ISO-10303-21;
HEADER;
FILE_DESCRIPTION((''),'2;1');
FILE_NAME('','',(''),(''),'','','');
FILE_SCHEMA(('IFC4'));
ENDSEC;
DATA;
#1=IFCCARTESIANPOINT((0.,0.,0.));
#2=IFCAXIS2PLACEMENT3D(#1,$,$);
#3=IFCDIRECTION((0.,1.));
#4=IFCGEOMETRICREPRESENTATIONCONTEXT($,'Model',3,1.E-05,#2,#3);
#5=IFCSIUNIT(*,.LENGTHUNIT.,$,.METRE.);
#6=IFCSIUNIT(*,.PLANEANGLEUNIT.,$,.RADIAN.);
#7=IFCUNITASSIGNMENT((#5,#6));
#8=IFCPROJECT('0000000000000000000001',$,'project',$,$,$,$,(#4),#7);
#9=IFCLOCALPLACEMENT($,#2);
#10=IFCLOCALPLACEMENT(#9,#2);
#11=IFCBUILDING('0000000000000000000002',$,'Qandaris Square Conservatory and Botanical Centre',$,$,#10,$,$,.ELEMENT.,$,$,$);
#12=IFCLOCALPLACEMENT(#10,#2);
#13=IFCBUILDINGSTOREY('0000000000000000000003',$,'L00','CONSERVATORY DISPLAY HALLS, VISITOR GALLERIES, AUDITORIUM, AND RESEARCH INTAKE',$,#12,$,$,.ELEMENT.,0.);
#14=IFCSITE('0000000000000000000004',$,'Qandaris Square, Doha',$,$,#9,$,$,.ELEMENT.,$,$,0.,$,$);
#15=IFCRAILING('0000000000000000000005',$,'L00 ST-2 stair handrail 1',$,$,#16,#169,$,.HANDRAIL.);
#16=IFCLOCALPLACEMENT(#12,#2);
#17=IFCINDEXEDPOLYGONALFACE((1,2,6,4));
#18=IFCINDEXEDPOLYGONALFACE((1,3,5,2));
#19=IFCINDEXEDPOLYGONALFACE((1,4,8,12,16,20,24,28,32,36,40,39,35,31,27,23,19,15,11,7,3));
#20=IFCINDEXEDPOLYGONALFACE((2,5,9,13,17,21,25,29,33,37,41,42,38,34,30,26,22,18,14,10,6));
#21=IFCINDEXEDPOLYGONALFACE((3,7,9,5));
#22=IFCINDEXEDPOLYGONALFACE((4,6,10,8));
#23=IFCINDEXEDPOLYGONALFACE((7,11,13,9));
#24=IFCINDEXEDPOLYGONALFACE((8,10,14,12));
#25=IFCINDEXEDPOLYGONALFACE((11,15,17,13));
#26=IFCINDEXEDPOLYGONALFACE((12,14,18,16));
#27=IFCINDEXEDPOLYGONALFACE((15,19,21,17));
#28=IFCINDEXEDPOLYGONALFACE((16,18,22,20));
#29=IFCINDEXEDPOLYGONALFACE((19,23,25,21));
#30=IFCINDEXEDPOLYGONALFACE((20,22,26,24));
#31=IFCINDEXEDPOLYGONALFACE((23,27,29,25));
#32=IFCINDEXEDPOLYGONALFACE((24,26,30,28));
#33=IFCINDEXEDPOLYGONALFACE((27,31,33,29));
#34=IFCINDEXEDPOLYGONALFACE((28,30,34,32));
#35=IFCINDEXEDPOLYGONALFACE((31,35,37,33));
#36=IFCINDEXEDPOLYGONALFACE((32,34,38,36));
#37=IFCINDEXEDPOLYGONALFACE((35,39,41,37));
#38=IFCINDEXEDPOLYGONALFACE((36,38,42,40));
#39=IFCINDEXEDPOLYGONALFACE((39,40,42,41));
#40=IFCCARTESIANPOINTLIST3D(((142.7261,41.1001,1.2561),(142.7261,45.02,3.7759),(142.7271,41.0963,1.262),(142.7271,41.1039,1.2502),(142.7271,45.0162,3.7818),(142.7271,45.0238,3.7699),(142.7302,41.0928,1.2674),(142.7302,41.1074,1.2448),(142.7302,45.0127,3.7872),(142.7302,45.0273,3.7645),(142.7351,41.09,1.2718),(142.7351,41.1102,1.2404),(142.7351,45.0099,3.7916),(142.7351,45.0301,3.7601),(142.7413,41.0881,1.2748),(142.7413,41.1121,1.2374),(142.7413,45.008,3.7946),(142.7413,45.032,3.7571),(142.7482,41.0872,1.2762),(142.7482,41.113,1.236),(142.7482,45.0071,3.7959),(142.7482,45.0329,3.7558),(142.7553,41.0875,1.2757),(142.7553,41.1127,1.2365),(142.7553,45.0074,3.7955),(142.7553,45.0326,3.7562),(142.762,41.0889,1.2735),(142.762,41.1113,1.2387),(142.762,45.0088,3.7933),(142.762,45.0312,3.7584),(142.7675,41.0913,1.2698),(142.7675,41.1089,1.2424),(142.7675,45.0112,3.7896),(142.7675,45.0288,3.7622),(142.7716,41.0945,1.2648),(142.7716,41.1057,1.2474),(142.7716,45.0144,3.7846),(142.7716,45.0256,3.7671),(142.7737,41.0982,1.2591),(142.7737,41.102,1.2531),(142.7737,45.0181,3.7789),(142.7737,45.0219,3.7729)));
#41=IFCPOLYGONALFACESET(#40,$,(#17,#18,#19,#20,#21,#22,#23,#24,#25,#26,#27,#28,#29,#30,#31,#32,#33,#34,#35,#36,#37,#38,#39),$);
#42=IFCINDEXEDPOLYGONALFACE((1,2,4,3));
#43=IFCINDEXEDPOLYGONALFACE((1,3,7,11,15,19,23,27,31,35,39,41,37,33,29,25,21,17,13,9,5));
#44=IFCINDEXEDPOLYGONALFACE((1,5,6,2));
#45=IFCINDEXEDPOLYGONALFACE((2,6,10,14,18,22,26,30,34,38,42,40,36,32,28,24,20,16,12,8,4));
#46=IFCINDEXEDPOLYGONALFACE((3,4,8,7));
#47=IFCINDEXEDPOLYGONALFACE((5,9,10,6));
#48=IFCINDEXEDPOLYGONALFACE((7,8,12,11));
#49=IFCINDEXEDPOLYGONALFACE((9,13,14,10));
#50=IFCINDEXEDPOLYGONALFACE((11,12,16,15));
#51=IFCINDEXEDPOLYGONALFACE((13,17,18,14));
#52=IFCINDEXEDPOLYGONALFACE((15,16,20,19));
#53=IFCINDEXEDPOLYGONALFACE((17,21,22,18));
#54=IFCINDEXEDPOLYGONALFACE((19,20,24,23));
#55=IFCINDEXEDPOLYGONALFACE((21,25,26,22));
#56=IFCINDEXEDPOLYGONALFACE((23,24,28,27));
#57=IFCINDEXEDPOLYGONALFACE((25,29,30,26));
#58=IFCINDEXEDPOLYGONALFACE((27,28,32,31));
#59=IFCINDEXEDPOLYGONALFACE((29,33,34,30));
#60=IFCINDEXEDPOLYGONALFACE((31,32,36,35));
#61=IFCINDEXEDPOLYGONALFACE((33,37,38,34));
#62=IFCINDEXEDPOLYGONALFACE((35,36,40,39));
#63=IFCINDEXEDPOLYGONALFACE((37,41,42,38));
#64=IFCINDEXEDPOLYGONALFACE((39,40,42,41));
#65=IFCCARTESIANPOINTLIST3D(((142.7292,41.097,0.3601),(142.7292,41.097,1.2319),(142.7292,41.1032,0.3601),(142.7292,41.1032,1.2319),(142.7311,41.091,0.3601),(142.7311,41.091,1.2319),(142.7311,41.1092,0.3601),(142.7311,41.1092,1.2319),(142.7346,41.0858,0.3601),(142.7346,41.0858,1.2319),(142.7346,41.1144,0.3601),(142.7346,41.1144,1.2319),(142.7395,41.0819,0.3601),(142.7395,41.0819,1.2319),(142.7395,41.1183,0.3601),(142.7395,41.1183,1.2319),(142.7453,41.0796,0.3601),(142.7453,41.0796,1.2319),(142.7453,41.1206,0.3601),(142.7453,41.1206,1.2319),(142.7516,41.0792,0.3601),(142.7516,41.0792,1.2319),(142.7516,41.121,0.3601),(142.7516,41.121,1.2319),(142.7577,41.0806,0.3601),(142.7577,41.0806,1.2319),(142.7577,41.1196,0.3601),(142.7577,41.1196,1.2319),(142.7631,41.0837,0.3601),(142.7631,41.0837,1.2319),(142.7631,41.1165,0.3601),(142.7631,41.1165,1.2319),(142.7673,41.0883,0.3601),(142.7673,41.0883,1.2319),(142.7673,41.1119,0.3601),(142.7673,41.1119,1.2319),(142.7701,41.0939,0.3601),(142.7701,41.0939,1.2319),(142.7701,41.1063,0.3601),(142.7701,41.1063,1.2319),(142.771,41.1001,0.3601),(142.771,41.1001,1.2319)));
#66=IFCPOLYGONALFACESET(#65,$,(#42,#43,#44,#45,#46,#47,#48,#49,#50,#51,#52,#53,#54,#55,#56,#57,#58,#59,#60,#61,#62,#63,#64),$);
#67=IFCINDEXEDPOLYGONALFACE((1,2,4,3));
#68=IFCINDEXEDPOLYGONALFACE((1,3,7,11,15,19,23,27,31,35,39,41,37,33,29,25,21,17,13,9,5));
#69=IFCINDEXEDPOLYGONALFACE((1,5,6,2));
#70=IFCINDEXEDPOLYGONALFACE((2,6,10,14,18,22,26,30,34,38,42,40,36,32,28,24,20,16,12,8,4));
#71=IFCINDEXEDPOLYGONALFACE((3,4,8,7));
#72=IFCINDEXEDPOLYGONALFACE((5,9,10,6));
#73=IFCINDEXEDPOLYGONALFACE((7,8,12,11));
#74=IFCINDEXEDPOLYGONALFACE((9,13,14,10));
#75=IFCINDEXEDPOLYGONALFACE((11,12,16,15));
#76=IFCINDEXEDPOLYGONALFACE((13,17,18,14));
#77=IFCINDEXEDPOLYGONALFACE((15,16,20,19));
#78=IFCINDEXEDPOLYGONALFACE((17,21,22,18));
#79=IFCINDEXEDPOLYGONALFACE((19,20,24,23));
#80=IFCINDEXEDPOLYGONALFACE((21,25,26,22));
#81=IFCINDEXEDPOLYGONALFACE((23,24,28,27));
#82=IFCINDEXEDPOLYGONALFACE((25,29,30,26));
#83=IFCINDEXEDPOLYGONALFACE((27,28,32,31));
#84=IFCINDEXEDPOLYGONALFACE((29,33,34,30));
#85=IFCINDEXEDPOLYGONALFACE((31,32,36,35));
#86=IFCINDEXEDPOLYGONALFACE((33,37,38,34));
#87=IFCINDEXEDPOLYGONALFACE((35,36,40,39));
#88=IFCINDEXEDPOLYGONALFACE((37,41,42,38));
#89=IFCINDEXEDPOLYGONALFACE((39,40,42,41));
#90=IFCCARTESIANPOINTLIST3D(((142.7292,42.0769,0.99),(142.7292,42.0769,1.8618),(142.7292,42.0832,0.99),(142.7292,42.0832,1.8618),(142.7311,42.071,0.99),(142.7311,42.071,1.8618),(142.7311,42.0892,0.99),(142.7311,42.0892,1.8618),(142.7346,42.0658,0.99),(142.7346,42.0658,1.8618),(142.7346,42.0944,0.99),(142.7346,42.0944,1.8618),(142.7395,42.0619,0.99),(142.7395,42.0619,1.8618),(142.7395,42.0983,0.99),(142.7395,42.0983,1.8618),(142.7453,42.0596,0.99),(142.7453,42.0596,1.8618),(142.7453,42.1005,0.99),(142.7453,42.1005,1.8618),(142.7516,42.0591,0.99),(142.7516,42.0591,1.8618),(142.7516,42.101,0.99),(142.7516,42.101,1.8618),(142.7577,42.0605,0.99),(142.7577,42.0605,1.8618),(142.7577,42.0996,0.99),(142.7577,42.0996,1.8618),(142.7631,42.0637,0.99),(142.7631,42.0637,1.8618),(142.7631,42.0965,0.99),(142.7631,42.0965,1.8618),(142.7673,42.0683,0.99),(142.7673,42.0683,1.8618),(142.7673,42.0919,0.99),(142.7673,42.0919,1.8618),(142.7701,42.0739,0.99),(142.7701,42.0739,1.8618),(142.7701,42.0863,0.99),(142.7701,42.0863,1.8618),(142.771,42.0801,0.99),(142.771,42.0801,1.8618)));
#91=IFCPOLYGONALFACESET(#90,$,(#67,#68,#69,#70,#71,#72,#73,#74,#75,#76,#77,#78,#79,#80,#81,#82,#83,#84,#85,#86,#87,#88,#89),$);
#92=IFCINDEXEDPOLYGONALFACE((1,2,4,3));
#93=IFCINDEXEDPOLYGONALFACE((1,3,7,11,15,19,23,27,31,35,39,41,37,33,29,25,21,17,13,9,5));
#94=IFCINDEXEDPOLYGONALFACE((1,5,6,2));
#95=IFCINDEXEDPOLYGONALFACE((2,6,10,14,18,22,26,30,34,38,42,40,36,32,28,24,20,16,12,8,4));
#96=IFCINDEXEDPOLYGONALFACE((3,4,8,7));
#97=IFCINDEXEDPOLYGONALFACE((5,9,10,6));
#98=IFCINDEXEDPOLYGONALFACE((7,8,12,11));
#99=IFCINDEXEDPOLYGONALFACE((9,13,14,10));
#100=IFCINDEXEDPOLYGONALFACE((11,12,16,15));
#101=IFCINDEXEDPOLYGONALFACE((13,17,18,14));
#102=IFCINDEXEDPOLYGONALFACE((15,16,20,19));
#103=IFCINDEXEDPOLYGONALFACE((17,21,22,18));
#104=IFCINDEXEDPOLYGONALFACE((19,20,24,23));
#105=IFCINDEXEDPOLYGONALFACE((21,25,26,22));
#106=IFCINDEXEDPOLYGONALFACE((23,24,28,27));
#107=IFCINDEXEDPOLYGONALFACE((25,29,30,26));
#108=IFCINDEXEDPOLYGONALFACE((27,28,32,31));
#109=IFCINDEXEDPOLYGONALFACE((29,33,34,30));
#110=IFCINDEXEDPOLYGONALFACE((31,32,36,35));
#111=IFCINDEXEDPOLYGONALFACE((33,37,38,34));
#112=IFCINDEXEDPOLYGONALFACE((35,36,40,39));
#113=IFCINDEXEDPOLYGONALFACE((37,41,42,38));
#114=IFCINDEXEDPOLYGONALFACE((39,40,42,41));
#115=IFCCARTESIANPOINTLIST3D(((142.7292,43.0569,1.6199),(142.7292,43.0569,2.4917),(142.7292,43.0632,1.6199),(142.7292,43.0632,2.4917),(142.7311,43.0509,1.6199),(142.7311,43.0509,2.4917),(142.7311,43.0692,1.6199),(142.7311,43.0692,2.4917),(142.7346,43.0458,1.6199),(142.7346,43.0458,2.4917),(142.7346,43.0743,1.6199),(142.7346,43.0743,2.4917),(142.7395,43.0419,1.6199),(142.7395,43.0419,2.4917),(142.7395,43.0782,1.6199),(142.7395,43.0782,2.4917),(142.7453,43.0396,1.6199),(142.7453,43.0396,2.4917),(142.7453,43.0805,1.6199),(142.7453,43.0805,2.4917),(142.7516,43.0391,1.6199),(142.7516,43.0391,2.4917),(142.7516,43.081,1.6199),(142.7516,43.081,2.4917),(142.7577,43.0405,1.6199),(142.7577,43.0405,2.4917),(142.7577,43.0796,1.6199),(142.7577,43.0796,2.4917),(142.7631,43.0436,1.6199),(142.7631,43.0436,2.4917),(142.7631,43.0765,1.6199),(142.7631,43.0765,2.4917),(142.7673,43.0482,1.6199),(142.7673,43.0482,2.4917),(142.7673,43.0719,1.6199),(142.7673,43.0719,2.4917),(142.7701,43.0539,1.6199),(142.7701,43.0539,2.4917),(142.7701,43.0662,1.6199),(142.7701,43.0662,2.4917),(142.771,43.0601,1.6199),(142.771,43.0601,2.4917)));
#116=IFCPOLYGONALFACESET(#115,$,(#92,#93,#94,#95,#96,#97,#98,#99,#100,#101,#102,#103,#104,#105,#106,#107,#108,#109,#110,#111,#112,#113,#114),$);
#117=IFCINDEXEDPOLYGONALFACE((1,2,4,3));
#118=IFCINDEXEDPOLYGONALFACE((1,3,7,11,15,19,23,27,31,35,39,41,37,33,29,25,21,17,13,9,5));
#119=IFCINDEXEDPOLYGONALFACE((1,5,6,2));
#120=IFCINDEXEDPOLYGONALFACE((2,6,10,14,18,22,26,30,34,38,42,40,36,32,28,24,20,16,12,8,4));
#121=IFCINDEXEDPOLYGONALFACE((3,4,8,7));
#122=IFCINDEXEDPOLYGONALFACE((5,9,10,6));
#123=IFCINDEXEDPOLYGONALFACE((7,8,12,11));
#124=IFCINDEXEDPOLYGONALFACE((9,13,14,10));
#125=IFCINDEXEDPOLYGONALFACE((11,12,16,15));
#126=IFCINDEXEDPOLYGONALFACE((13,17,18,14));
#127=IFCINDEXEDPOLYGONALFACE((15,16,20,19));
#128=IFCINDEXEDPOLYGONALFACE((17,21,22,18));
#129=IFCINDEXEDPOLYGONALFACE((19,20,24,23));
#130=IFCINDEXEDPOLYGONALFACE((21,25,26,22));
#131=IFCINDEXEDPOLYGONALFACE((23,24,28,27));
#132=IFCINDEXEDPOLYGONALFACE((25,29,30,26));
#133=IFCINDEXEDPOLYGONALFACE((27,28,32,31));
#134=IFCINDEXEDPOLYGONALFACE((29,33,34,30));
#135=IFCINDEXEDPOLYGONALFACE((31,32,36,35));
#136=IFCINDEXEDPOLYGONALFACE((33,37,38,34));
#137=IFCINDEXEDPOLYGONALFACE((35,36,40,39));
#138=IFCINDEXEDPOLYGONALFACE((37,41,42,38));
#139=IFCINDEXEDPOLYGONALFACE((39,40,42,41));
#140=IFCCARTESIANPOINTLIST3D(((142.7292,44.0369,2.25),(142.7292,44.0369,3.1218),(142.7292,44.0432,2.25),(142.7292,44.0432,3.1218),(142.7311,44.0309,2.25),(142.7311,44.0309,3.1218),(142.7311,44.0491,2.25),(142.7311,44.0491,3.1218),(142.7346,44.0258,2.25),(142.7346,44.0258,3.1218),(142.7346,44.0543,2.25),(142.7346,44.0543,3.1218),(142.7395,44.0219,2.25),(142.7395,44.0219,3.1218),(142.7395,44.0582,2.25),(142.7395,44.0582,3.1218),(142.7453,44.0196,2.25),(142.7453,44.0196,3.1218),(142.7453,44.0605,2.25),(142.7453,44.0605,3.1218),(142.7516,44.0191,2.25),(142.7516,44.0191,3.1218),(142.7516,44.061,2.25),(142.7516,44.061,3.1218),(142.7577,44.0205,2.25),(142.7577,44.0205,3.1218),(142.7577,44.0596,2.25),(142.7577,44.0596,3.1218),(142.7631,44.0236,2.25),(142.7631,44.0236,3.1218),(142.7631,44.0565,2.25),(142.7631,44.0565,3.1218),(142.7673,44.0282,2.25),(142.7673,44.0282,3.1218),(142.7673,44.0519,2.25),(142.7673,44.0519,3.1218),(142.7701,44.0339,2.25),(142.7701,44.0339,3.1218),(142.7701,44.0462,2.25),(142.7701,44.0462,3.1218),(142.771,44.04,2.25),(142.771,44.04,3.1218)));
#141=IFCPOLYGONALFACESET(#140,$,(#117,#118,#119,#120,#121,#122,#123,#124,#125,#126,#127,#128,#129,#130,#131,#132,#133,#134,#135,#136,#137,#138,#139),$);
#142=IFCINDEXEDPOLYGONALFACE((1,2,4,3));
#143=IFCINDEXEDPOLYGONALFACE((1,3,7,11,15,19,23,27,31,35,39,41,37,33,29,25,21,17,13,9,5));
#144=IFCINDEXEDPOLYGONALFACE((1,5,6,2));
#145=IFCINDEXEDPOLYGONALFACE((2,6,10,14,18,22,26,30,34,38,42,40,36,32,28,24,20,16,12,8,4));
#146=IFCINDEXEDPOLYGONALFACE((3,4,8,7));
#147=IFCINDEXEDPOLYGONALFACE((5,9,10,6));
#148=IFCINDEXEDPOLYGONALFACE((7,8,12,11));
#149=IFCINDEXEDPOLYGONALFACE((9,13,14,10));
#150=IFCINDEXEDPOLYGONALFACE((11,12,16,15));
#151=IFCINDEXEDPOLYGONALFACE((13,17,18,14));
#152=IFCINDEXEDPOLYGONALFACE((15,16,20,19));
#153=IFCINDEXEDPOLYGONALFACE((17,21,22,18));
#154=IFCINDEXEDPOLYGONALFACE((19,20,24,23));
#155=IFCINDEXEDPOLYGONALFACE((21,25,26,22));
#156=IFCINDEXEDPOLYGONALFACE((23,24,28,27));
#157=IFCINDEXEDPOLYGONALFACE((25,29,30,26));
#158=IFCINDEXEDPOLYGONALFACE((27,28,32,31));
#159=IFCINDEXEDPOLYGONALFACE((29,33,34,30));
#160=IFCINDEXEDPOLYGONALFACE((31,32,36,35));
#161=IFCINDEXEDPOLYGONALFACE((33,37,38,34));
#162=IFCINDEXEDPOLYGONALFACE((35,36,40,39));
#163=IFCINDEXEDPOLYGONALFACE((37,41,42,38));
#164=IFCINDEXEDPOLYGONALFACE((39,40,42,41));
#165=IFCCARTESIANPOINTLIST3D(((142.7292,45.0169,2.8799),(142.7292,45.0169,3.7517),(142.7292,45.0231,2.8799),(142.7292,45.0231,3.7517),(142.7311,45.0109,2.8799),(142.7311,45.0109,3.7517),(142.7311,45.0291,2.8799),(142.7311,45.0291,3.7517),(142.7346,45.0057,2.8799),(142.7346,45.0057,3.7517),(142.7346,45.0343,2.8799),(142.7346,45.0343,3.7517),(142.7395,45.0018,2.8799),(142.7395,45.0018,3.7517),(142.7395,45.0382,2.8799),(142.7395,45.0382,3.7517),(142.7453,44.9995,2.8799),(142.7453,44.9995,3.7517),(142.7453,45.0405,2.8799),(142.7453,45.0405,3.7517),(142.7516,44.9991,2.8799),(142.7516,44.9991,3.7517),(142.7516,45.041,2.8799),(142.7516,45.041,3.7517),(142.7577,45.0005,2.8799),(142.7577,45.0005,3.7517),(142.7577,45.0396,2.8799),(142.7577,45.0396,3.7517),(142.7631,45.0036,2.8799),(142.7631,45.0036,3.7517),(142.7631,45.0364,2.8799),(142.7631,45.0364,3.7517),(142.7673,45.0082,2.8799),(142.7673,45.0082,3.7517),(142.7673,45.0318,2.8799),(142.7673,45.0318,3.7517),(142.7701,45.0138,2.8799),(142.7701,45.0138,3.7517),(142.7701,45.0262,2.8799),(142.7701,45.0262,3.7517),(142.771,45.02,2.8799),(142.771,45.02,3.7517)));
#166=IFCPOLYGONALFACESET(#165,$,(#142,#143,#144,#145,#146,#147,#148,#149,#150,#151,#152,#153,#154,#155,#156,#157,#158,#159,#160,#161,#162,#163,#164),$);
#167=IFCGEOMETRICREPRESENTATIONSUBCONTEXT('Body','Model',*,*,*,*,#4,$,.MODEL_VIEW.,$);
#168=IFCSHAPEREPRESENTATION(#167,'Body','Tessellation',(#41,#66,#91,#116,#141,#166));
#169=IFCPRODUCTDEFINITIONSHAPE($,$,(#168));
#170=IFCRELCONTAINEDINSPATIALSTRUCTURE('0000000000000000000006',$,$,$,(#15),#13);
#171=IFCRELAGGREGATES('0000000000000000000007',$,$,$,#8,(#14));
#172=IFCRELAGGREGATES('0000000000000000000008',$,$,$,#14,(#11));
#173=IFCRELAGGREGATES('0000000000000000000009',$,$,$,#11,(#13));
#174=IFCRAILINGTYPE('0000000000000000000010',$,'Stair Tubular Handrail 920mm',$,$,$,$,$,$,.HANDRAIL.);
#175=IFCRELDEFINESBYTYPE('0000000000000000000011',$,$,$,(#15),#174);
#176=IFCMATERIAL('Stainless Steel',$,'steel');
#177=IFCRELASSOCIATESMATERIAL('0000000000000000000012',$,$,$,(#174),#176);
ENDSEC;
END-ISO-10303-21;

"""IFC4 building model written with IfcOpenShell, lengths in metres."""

from ifc_helpers import new_model, si_unit, direction, frame, origin, origin_2d, place, context, subcontext, project, spatial, circle, extrude, material, type_object, element, save


model = new_model("IFC4")

# Units and contexts
model_context = context("Model", 3, precision=1e-05, world=origin(), true_north=direction((0.0, 1.0)))
body_context = subcontext(model_context, "Body", "Model", "MODEL_VIEW")
ifc_project = project(units=[si_unit("LENGTHUNIT", "METRE"), si_unit("PLANEANGLEUNIT", "RADIAN")], contexts=[model_context])

# Site, building, storey
site_placement = place(None, origin())
site = spatial("IfcSite", under=ifc_project, at=site_placement, Name="Qandaris Square, Doha", CompositionType="ELEMENT", RefElevation=0.0)
building_placement = place(site_placement, origin())
building = spatial("IfcBuilding", under=site, at=building_placement, Name="Qandaris Square Conservatory and Botanical Centre", CompositionType="ELEMENT")
storey_placement = place(building_placement, origin())
storey = spatial("IfcBuildingStorey", under=building, at=storey_placement, Name="L00", Description="CONSERVATORY DISPLAY HALLS, VISITOR GALLERIES, AUDITORIUM, AND RESEARCH INTAKE", CompositionType="ELEMENT", Elevation=0.0)

# Railing
ifc_material_1 = material(Name="Stainless Steel", Category="steel")
railing_type_1 = type_object("IfcRailingType", Name="Stair Tubular Handrail 920mm", PredefinedType="HANDRAIL", material=ifc_material_1)
railing_1_placement = place(storey_placement, frame((142.75, 41.1001, 0.3601)))
element("IfcRailing", 1, at=railing_1_placement, inside=storey, type_object=railing_type_1, Name="L00 ST-2 stair handrail 1", PredefinedType="HANDRAIL", context=body_context, shape_type="SweptSolid", body=[
    extrude(circle(Radius=0.0239, at=origin_2d()), frame((0.0, 0.0, 0.896), z_axis=(0.0, 0.841195, 0.540731), x_axis=(-1.0, 0.0, 0.0)), (0.0, 0.0, 1.0), 4.6599),
    extrude(circle(Radius=0.021, at=origin_2d()), origin(), (0.0, 0.0, 1.0), 0.8718),
    extrude(circle(Radius=0.021, at=origin_2d()), frame((0.0, 0.98, 0.6299)), (0.0, 0.0, 1.0), 0.8718),
    extrude(circle(Radius=0.021, at=origin_2d()), frame((0.0, 1.96, 1.2598)), (0.0, 0.0, 1.0), 0.8718),
    extrude(circle(Radius=0.021, at=origin_2d()), frame((0.0, 2.9399, 1.8899)), (0.0, 0.0, 1.0), 0.8718),
    extrude(circle(Radius=0.021, at=origin_2d()), frame((0.0, 3.9199, 2.5198)), (0.0, 0.0, 1.0), 0.8718),
])

save(model, "model.ifc")
